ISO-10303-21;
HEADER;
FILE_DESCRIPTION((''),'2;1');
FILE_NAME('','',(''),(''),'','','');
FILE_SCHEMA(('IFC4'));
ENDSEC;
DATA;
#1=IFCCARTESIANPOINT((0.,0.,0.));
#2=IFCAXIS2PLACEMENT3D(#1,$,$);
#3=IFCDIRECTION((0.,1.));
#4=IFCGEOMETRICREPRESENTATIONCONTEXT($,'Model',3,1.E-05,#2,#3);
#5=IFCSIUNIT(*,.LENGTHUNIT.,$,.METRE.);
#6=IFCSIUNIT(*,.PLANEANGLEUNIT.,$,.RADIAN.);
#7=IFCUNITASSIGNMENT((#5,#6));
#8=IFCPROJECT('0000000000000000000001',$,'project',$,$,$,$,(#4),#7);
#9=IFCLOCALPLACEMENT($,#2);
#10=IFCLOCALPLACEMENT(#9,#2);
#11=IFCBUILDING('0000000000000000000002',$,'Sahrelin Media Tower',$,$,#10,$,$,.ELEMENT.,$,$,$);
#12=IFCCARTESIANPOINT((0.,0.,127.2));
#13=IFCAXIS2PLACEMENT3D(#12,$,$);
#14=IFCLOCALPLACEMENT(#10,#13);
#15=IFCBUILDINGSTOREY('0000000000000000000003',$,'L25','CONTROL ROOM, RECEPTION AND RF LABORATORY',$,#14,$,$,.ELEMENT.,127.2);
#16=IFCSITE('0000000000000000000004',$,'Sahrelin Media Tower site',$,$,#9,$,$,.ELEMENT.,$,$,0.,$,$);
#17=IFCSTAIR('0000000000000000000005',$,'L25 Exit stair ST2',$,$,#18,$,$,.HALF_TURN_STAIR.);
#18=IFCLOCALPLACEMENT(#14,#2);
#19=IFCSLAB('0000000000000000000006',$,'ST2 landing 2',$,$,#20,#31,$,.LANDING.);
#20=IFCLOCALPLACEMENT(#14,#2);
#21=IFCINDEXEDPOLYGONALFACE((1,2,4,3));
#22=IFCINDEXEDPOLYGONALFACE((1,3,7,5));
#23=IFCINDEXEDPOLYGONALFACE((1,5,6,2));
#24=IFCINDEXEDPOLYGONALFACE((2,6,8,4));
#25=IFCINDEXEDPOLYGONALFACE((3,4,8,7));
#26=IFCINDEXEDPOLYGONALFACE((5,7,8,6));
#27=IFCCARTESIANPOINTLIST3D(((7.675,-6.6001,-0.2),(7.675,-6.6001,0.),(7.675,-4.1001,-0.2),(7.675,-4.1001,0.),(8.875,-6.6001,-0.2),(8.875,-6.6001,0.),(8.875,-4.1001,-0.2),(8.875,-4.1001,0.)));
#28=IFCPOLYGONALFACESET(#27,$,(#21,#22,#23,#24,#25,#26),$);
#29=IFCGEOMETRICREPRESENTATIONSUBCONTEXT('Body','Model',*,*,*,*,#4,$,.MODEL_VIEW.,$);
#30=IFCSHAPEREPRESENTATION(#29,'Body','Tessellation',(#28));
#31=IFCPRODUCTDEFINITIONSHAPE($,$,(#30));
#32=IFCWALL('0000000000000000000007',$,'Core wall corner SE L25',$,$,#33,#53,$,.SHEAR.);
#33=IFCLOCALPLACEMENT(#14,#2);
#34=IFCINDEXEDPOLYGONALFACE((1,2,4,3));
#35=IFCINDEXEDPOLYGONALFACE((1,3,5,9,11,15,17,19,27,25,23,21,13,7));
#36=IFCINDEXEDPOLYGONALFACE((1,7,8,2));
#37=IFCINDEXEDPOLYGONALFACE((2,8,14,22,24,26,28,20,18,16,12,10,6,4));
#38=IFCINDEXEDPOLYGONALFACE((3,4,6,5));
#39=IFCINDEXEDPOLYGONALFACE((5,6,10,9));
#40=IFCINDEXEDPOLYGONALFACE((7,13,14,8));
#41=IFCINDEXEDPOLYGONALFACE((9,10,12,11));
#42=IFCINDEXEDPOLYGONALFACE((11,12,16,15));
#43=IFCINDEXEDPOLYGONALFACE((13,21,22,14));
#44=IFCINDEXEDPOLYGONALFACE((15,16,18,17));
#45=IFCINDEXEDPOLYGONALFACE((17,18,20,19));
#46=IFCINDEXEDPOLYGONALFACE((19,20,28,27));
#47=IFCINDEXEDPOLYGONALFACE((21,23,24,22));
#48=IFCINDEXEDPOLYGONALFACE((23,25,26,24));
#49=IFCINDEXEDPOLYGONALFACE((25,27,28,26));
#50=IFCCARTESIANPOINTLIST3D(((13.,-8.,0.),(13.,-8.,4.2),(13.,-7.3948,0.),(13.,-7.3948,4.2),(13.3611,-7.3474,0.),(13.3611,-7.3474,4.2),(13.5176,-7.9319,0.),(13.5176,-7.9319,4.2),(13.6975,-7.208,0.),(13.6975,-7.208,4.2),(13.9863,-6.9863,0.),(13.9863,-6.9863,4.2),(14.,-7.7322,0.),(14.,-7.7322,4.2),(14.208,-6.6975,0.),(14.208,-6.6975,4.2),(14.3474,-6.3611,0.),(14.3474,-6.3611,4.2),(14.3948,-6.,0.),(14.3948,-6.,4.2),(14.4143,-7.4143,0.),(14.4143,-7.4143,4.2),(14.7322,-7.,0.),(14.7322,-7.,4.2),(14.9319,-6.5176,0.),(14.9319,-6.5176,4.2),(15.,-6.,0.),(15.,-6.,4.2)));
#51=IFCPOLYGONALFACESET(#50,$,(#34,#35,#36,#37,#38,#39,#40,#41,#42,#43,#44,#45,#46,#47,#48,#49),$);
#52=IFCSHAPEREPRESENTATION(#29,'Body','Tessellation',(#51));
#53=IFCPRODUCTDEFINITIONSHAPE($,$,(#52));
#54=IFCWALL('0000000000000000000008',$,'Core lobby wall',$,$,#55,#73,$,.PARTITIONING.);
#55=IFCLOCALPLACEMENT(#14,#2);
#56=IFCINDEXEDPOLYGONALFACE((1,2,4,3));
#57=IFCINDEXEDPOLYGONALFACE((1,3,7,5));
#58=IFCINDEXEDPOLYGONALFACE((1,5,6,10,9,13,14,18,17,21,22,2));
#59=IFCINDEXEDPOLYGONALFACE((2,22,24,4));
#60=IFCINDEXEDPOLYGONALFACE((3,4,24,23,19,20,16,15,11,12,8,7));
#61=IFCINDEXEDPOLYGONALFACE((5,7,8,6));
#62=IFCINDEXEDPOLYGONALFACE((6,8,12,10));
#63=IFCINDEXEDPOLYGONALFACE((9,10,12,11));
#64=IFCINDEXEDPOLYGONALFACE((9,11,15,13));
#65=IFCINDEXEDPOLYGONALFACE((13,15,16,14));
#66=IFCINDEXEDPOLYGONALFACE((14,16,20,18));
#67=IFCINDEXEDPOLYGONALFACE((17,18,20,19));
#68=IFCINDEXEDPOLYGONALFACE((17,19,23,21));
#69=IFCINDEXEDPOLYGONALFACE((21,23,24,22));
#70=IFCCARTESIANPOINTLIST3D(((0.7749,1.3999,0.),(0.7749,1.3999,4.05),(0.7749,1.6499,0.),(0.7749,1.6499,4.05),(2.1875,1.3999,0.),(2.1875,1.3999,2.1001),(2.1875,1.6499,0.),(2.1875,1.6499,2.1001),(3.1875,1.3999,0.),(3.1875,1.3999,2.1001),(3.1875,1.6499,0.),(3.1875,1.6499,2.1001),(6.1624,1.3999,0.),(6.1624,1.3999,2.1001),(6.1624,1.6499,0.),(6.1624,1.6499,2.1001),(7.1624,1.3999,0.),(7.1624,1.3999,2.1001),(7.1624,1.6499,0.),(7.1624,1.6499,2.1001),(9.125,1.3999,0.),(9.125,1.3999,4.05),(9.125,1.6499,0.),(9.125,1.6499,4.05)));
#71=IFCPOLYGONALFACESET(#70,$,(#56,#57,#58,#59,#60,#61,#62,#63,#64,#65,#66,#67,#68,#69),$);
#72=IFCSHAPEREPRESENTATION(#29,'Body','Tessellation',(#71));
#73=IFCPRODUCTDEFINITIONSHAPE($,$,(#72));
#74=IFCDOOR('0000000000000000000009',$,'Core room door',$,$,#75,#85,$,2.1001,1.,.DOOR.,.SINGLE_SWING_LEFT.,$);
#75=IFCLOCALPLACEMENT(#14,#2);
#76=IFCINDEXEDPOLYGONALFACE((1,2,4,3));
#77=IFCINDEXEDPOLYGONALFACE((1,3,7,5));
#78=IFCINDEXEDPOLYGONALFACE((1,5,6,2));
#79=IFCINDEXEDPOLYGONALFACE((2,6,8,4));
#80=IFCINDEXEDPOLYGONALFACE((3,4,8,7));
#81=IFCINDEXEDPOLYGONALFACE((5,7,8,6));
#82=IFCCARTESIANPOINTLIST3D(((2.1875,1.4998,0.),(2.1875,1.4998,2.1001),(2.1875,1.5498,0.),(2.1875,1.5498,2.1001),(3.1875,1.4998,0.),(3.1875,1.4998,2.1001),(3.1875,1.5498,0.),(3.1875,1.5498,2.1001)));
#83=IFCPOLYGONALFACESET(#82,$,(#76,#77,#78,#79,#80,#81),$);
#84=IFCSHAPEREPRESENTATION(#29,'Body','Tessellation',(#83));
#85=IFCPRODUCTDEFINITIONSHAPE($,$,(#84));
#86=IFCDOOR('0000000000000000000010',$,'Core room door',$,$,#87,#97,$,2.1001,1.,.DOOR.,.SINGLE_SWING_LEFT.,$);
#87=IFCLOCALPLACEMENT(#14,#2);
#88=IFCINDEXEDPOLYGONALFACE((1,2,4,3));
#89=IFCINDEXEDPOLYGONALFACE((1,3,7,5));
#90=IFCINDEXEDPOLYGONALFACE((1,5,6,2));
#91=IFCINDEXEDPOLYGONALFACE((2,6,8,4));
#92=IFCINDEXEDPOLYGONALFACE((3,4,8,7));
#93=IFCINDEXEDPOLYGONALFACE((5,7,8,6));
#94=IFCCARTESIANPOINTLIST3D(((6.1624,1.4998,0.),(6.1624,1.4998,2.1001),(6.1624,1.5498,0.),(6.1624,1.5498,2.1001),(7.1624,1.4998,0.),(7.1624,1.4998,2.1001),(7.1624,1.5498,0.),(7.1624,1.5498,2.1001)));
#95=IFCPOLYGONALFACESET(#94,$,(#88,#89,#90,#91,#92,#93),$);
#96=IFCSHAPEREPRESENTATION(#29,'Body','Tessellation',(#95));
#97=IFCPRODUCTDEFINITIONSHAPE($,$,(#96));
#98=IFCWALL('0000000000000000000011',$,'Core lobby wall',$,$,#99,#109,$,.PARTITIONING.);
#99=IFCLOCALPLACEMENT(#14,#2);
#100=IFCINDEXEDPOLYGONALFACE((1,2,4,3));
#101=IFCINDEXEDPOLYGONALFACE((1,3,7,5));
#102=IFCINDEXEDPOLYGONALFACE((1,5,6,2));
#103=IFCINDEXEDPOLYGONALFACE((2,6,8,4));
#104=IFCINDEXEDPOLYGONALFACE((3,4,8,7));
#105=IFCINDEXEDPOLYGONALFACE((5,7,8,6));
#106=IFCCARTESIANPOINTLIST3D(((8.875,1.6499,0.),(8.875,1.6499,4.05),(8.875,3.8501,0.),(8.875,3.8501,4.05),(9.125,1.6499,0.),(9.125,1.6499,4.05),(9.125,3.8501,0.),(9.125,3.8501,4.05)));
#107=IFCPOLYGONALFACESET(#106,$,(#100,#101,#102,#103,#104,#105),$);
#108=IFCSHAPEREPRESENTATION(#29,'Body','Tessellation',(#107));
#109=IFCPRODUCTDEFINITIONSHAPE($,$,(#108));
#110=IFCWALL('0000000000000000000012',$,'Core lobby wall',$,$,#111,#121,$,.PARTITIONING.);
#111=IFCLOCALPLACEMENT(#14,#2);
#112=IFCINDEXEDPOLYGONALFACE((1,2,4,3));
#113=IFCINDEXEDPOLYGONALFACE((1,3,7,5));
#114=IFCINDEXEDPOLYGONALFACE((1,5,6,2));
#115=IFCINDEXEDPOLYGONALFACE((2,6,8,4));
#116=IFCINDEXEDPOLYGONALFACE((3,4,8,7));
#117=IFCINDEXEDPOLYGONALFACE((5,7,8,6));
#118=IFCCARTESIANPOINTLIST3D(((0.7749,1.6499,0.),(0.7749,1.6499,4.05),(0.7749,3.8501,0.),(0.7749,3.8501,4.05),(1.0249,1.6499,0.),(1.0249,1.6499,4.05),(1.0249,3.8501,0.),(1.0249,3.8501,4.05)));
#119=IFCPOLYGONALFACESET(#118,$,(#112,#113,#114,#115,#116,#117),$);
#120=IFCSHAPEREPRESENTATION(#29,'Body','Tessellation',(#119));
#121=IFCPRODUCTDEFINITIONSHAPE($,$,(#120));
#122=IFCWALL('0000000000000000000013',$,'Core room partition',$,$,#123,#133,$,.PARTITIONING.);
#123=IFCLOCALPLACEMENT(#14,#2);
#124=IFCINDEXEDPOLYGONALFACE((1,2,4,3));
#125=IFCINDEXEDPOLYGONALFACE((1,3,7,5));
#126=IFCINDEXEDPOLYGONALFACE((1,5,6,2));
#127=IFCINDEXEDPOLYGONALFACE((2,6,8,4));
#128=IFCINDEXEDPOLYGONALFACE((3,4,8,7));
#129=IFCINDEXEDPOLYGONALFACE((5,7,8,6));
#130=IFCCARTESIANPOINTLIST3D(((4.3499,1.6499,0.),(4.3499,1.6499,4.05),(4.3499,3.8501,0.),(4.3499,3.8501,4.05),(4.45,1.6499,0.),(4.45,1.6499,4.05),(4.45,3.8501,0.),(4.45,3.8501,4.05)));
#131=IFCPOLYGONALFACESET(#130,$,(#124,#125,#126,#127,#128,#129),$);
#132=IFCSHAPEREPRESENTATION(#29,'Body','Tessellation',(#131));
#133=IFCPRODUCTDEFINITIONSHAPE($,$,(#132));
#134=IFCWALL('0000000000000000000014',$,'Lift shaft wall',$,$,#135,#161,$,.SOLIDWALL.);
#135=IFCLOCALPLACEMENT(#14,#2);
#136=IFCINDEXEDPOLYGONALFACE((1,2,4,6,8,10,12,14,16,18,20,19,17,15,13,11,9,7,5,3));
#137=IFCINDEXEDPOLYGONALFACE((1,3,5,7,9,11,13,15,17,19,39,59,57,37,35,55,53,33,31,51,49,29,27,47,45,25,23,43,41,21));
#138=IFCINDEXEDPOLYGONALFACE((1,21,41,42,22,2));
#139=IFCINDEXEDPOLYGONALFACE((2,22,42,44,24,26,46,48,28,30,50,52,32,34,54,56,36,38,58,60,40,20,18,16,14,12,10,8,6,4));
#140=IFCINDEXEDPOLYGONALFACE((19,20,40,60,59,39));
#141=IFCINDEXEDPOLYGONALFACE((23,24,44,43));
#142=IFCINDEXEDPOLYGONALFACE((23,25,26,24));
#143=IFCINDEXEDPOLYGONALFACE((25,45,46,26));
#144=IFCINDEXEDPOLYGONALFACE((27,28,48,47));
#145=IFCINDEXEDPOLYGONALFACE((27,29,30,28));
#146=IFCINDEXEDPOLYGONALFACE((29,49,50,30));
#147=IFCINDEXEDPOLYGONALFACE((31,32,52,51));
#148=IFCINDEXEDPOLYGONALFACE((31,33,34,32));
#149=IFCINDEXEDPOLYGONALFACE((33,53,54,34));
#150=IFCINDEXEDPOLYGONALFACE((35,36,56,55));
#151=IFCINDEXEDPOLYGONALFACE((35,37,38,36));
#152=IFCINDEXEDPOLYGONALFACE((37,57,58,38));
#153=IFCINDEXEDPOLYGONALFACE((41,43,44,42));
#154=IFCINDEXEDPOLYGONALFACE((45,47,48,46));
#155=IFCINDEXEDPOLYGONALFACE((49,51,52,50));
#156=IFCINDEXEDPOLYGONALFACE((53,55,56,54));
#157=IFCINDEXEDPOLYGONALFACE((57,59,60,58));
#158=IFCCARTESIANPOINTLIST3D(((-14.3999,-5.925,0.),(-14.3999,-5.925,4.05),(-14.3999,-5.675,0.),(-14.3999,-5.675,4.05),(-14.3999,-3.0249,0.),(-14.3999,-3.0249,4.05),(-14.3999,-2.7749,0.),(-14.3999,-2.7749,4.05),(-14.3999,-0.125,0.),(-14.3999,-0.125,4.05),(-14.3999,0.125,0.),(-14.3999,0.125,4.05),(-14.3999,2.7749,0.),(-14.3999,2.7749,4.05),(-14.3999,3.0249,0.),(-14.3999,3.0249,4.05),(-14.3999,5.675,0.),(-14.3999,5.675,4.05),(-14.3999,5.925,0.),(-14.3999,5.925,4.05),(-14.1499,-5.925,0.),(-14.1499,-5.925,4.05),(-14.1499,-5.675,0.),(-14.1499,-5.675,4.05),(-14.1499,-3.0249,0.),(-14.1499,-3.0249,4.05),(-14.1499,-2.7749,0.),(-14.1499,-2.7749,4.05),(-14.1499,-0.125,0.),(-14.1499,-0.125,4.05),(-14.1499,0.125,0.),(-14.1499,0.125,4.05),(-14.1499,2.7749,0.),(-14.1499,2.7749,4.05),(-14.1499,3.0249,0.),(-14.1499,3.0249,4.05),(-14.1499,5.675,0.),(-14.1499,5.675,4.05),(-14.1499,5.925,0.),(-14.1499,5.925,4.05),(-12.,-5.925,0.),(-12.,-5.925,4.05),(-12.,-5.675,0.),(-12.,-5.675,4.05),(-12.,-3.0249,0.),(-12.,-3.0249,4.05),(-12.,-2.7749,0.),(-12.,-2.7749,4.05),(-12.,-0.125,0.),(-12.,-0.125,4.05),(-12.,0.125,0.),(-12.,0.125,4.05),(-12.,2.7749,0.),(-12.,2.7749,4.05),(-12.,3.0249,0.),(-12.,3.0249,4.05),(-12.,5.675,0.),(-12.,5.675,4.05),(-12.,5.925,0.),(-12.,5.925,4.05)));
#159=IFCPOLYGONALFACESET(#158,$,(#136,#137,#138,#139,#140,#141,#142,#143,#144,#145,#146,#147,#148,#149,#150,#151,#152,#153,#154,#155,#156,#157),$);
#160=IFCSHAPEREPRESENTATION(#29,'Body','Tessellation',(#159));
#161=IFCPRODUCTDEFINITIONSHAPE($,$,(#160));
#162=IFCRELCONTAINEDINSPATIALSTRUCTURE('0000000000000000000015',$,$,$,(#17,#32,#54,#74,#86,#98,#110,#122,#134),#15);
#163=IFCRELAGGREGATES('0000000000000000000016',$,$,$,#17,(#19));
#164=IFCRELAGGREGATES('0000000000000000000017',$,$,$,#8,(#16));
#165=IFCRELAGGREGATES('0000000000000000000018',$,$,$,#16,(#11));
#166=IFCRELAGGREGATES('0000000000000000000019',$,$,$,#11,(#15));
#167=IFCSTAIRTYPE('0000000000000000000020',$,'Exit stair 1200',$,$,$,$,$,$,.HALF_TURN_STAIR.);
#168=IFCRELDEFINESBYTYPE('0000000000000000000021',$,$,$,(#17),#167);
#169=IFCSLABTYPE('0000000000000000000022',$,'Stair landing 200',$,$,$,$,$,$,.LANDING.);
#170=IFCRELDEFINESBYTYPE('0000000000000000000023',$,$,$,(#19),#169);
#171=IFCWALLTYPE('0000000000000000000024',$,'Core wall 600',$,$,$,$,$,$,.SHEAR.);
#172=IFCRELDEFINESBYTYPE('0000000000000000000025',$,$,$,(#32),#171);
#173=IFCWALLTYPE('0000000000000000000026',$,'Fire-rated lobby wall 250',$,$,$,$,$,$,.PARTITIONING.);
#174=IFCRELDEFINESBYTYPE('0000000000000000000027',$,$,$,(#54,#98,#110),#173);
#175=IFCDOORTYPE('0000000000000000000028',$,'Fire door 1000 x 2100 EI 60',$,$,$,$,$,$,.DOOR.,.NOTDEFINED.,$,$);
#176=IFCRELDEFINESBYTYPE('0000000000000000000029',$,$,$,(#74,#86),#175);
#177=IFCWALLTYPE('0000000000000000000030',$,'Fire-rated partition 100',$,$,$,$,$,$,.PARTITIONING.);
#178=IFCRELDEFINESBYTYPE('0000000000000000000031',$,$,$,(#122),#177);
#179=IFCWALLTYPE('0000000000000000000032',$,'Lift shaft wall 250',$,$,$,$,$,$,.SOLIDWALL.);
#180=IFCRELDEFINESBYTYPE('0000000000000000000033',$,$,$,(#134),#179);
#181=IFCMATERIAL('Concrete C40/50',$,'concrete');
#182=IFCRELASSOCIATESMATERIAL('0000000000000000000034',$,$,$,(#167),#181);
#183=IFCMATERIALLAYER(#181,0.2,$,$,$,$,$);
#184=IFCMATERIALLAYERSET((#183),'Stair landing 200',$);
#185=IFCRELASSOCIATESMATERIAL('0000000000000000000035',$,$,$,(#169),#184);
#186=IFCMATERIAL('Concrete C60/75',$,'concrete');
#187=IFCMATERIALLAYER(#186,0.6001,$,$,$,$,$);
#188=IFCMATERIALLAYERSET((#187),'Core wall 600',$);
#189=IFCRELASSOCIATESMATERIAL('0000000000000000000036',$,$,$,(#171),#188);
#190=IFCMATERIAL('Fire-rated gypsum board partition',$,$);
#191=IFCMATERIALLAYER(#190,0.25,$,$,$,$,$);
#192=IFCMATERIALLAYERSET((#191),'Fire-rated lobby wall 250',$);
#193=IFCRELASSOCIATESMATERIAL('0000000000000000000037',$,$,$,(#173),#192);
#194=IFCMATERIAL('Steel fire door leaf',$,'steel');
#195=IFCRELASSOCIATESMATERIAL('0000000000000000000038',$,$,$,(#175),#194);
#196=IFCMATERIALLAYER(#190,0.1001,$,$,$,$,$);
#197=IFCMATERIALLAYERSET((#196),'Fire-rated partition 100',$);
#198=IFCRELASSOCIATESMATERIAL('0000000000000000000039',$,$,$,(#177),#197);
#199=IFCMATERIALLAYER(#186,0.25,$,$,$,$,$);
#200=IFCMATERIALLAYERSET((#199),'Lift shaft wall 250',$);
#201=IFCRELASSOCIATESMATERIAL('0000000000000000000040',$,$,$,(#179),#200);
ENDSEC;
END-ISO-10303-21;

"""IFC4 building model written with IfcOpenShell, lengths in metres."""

from ifc_helpers import new_model, si_unit, direction, frame, frame_2d, origin, place, context, subcontext, project, spatial, polyline, rectangle, outline, extrude, material, layer, layer_set, type_object, element, fill, aggregate, save


model = new_model("IFC4")

# Units and contexts
model_context = context("Model", 3, precision=1e-05, world=origin(), true_north=direction((0.0, 1.0)))
body_context = subcontext(model_context, "Body", "Model", "MODEL_VIEW")
ifc_project = project(units=[si_unit("LENGTHUNIT", "METRE"), si_unit("PLANEANGLEUNIT", "RADIAN")], contexts=[model_context])

# Site, building, storey
site_placement = place(None, origin())
site = spatial("IfcSite", under=ifc_project, at=site_placement, Name="Sahrelin Media Tower site", CompositionType="ELEMENT", RefElevation=0.0)
building_placement = place(site_placement, origin())
building = spatial("IfcBuilding", under=site, at=building_placement, Name="Sahrelin Media Tower", CompositionType="ELEMENT")
storey_placement = place(building_placement, frame((0.0, 0.0, 127.2)))
storey = spatial("IfcBuildingStorey", under=building, at=storey_placement, Name="L25", Description="CONTROL ROOM, RECEPTION AND RF LABORATORY", CompositionType="ELEMENT", Elevation=127.2)

# Shared definitions
ifc_material_1 = material(Name="Concrete C40/50", Category="concrete")

# Stair, slab
stair_type = type_object("IfcStairType", Name="Exit stair 1200", PredefinedType="HALF_TURN_STAIR", material=ifc_material_1)
placement_1 = place(storey_placement, origin())
ifc_layer_1 = layer(ifc_material_1, 0.2)
ifc_layer_set_1 = layer_set([ifc_layer_1], Name="Stair landing 200")
slab_type_1 = type_object("IfcSlabType", Name="Stair landing 200", PredefinedType="LANDING", material=ifc_layer_set_1)
placement_2 = place(storey_placement, frame((0.0, 0.0, -0.2)))
stair_1 = element("IfcStair", 1, at=placement_1, inside=storey, type_object=stair_type, Name="L25 Exit stair ST2", PredefinedType="HALF_TURN_STAIR")
slab_1 = element("IfcSlab", 2, at=placement_2, type_object=slab_type_1, Name="ST2 landing 2", PredefinedType="LANDING", context=body_context, shape_type="SweptSolid", body=[
    extrude(outline(polyline([(8.875, -4.1001), (7.675, -4.1001), (7.675, -6.6001), (8.875, -6.6001), (8.875, -4.1001)])), origin(), (0.0, 0.0, 1.0), 0.2),
])
aggregate(stair_1, [slab_1])

# Wall
ifc_material_2 = material(Name="Concrete C60/75", Category="concrete")
ifc_layer_2 = layer(ifc_material_2, 0.6001)
ifc_layer_set_2 = layer_set([ifc_layer_2], Name="Core wall 600")
wall_type_1 = type_object("IfcWallType", Name="Core wall 600", PredefinedType="SHEAR", material=ifc_layer_set_2)
element("IfcWall", 3, at=placement_1, inside=storey, type_object=wall_type_1, Name="Core wall corner SE L25", PredefinedType="SHEAR", context=body_context, shape_type="SweptSolid", body=[
    extrude(outline(polyline([(15.0, -6.0), (14.3948, -6.0), (14.3474, -6.3611), (14.208, -6.6975), (13.9863, -6.9863), (13.6975, -7.208), (13.3611, -7.3474), (13.0, -7.3948), (13.0, -8.0), (13.5176, -7.9319), (14.0, -7.7322), (14.4143, -7.4143), (14.7322, -7.0), (14.9319, -6.5176), (15.0, -6.0)])), origin(), (0.0, 0.0, 1.0), 4.2),
])

# Wall, openings, doors
ifc_material_3 = material(Name="Fire-rated gypsum board partition")
ifc_layer_3 = layer(ifc_material_3, 0.25)
ifc_layer_set_3 = layer_set([ifc_layer_3], Name="Fire-rated lobby wall 250")
wall_type_2 = type_object("IfcWallType", Name="Fire-rated lobby wall 250", PredefinedType="PARTITIONING", material=ifc_layer_set_3)
wall_1_placement = place(storey_placement, frame((0.7749, 1.5249, 0.0), z_axis=(0.0, 0.0, 1.0), x_axis=(1.0, 0.0, 0.0)))
wall_1 = element("IfcWall", 4, at=wall_1_placement, inside=storey, type_object=wall_type_2, Name="Core lobby wall", PredefinedType="PARTITIONING", context=body_context, shape_type="SweptSolid", body=[
    extrude(rectangle(XDim=8.3501, YDim=0.25, at=frame_2d((4.175, 0.0))), origin(), (0.0, 0.0, 1.0), 4.05),
])
opening_1_placement = place(wall_1_placement, frame((1.4126, 0.0, 0.0)))
opening_1 = element("IfcOpeningElement", 5, at=opening_1_placement, cuts=wall_1, PredefinedType="OPENING", context=body_context, shape_type="SweptSolid", body=[
    extrude(rectangle(XDim=1.0, YDim=2.1001, at=frame_2d((0.5, 1.05))), frame((0.0, 0.125, 0.0), z_axis=(0.0, -1.0, 0.0), x_axis=(1.0, 0.0, 0.0)), (0.0, 0.0, 1.0), 0.25),
])
opening_2_placement = place(wall_1_placement, frame((5.3875, 0.0, 0.0)))
opening_2 = element("IfcOpeningElement", 6, at=opening_2_placement, cuts=wall_1, PredefinedType="OPENING", context=body_context, shape_type="SweptSolid", body=[
    extrude(rectangle(XDim=1.0, YDim=2.1001, at=frame_2d((0.5, 1.05))), frame((0.0, 0.125, 0.0), z_axis=(0.0, -1.0, 0.0), x_axis=(1.0, 0.0, 0.0)), (0.0, 0.0, 1.0), 0.25),
])
ifc_material_4 = material(Name="Steel fire door leaf", Category="steel")
door_type_1 = type_object("IfcDoorType", Name="Fire door 1000 x 2100 EI 60", OperationType="NOTDEFINED", PredefinedType="DOOR", material=ifc_material_4)
door_1_placement = place(opening_1_placement, origin())
door_1 = element("IfcDoor", 7, at=door_1_placement, inside=storey, type_object=door_type_1, Name="Core room door", OperationType="SINGLE_SWING_LEFT", OverallHeight=2.1001, OverallWidth=1.0, PredefinedType="DOOR", context=body_context, shape_type="SweptSolid", body=[
    extrude(rectangle(XDim=1.0, YDim=2.1001, at=frame_2d((0.5, 1.05))), frame((0.0, 0.0249, 0.0), z_axis=(0.0, -1.0, 0.0), x_axis=(1.0, 0.0, 0.0)), (0.0, 0.0, 1.0), 0.05),
])
fill(opening_1, door_1)
door_2_placement = place(opening_2_placement, origin())
door_2 = element("IfcDoor", 8, at=door_2_placement, inside=storey, type_object=door_type_1, Name="Core room door", OperationType="SINGLE_SWING_LEFT", OverallHeight=2.1001, OverallWidth=1.0, PredefinedType="DOOR", context=body_context, shape_type="SweptSolid", body=[
    extrude(rectangle(XDim=1.0, YDim=2.1001, at=frame_2d((0.5, 1.05))), frame((0.0, 0.0249, 0.0), z_axis=(0.0, -1.0, 0.0), x_axis=(1.0, 0.0, 0.0)), (0.0, 0.0, 1.0), 0.05),
])
fill(opening_2, door_2)

# Walls
for number, where, z_axis, x_axis, name in (
    (9, (9.0, 1.6499, 0.0), (0.0, 0.0, 1.0), (0.0, 1.0, 0.0), "Core lobby wall"),
    (10, (0.8999, 1.6499, 0.0), (0.0, 0.0, 1.0), (0.0, 1.0, 0.0), "Core lobby wall"),
):
    element("IfcWall", number, at=place(storey_placement, frame(where, z_axis=z_axis, x_axis=x_axis)), inside=storey, type_object=wall_type_2, Name=name, PredefinedType="PARTITIONING", context=body_context, shape_type="SweptSolid", body=[
        extrude(rectangle(XDim=2.2002, YDim=0.25, at=frame_2d((1.1001, 0.0))), origin(), (0.0, 0.0, 1.0), 4.05),
    ])
ifc_layer_4 = layer(ifc_material_3, 0.1001)
ifc_layer_set_4 = layer_set([ifc_layer_4], Name="Fire-rated partition 100")
wall_type_3 = type_object("IfcWallType", Name="Fire-rated partition 100", PredefinedType="PARTITIONING", material=ifc_layer_set_4)
wall_2_placement = place(storey_placement, frame((4.3999, 1.6499, 0.0), z_axis=(0.0, 0.0, 1.0), x_axis=(0.0, 1.0, 0.0)))
element("IfcWall", 11, at=wall_2_placement, inside=storey, type_object=wall_type_3, Name="Core room partition", PredefinedType="PARTITIONING", context=body_context, shape_type="SweptSolid", body=[
    extrude(rectangle(XDim=2.2002, YDim=0.1001, at=frame_2d((1.1001, 0.0))), origin(), (0.0, 0.0, 1.0), 4.05),
])
ifc_layer_5 = layer(ifc_material_2, 0.25)
ifc_layer_set_5 = layer_set([ifc_layer_5], Name="Lift shaft wall 250")
wall_type_4 = type_object("IfcWallType", Name="Lift shaft wall 250", PredefinedType="SOLIDWALL", material=ifc_layer_set_5)
element("IfcWall", 12, at=placement_1, inside=storey, type_object=wall_type_4, Name="Lift shaft wall", PredefinedType="SOLIDWALL", context=body_context, shape_type="SweptSolid", body=[
    extrude(outline(polyline([(-12.0, -5.925), (-12.0, -5.675), (-14.1499, -5.675), (-14.1499, -3.0249), (-12.0, -3.0249), (-12.0, -2.7749), (-14.1499, -2.7749), (-14.1499, -0.125), (-12.0, -0.125), (-12.0, 0.125), (-14.1499, 0.125), (-14.1499, 2.7749), (-12.0, 2.7749), (-12.0, 3.0249), (-14.1499, 3.0249), (-14.1499, 5.675), (-12.0, 5.675), (-12.0, 5.925), (-14.1499, 5.925), (-14.3999, 5.925), (-14.3999, 5.675), (-14.3999, 3.0249), (-14.3999, 2.7749), (-14.3999, 0.125), (-14.3999, -0.125), (-14.3999, -2.7749), (-14.3999, -3.0249), (-14.3999, -5.675), (-14.3999, -5.925), (-14.1499, -5.925), (-12.0, -5.925)])), origin(), (0.0, 0.0, 1.0), 4.05),
])

save(model, "model.ifc")
